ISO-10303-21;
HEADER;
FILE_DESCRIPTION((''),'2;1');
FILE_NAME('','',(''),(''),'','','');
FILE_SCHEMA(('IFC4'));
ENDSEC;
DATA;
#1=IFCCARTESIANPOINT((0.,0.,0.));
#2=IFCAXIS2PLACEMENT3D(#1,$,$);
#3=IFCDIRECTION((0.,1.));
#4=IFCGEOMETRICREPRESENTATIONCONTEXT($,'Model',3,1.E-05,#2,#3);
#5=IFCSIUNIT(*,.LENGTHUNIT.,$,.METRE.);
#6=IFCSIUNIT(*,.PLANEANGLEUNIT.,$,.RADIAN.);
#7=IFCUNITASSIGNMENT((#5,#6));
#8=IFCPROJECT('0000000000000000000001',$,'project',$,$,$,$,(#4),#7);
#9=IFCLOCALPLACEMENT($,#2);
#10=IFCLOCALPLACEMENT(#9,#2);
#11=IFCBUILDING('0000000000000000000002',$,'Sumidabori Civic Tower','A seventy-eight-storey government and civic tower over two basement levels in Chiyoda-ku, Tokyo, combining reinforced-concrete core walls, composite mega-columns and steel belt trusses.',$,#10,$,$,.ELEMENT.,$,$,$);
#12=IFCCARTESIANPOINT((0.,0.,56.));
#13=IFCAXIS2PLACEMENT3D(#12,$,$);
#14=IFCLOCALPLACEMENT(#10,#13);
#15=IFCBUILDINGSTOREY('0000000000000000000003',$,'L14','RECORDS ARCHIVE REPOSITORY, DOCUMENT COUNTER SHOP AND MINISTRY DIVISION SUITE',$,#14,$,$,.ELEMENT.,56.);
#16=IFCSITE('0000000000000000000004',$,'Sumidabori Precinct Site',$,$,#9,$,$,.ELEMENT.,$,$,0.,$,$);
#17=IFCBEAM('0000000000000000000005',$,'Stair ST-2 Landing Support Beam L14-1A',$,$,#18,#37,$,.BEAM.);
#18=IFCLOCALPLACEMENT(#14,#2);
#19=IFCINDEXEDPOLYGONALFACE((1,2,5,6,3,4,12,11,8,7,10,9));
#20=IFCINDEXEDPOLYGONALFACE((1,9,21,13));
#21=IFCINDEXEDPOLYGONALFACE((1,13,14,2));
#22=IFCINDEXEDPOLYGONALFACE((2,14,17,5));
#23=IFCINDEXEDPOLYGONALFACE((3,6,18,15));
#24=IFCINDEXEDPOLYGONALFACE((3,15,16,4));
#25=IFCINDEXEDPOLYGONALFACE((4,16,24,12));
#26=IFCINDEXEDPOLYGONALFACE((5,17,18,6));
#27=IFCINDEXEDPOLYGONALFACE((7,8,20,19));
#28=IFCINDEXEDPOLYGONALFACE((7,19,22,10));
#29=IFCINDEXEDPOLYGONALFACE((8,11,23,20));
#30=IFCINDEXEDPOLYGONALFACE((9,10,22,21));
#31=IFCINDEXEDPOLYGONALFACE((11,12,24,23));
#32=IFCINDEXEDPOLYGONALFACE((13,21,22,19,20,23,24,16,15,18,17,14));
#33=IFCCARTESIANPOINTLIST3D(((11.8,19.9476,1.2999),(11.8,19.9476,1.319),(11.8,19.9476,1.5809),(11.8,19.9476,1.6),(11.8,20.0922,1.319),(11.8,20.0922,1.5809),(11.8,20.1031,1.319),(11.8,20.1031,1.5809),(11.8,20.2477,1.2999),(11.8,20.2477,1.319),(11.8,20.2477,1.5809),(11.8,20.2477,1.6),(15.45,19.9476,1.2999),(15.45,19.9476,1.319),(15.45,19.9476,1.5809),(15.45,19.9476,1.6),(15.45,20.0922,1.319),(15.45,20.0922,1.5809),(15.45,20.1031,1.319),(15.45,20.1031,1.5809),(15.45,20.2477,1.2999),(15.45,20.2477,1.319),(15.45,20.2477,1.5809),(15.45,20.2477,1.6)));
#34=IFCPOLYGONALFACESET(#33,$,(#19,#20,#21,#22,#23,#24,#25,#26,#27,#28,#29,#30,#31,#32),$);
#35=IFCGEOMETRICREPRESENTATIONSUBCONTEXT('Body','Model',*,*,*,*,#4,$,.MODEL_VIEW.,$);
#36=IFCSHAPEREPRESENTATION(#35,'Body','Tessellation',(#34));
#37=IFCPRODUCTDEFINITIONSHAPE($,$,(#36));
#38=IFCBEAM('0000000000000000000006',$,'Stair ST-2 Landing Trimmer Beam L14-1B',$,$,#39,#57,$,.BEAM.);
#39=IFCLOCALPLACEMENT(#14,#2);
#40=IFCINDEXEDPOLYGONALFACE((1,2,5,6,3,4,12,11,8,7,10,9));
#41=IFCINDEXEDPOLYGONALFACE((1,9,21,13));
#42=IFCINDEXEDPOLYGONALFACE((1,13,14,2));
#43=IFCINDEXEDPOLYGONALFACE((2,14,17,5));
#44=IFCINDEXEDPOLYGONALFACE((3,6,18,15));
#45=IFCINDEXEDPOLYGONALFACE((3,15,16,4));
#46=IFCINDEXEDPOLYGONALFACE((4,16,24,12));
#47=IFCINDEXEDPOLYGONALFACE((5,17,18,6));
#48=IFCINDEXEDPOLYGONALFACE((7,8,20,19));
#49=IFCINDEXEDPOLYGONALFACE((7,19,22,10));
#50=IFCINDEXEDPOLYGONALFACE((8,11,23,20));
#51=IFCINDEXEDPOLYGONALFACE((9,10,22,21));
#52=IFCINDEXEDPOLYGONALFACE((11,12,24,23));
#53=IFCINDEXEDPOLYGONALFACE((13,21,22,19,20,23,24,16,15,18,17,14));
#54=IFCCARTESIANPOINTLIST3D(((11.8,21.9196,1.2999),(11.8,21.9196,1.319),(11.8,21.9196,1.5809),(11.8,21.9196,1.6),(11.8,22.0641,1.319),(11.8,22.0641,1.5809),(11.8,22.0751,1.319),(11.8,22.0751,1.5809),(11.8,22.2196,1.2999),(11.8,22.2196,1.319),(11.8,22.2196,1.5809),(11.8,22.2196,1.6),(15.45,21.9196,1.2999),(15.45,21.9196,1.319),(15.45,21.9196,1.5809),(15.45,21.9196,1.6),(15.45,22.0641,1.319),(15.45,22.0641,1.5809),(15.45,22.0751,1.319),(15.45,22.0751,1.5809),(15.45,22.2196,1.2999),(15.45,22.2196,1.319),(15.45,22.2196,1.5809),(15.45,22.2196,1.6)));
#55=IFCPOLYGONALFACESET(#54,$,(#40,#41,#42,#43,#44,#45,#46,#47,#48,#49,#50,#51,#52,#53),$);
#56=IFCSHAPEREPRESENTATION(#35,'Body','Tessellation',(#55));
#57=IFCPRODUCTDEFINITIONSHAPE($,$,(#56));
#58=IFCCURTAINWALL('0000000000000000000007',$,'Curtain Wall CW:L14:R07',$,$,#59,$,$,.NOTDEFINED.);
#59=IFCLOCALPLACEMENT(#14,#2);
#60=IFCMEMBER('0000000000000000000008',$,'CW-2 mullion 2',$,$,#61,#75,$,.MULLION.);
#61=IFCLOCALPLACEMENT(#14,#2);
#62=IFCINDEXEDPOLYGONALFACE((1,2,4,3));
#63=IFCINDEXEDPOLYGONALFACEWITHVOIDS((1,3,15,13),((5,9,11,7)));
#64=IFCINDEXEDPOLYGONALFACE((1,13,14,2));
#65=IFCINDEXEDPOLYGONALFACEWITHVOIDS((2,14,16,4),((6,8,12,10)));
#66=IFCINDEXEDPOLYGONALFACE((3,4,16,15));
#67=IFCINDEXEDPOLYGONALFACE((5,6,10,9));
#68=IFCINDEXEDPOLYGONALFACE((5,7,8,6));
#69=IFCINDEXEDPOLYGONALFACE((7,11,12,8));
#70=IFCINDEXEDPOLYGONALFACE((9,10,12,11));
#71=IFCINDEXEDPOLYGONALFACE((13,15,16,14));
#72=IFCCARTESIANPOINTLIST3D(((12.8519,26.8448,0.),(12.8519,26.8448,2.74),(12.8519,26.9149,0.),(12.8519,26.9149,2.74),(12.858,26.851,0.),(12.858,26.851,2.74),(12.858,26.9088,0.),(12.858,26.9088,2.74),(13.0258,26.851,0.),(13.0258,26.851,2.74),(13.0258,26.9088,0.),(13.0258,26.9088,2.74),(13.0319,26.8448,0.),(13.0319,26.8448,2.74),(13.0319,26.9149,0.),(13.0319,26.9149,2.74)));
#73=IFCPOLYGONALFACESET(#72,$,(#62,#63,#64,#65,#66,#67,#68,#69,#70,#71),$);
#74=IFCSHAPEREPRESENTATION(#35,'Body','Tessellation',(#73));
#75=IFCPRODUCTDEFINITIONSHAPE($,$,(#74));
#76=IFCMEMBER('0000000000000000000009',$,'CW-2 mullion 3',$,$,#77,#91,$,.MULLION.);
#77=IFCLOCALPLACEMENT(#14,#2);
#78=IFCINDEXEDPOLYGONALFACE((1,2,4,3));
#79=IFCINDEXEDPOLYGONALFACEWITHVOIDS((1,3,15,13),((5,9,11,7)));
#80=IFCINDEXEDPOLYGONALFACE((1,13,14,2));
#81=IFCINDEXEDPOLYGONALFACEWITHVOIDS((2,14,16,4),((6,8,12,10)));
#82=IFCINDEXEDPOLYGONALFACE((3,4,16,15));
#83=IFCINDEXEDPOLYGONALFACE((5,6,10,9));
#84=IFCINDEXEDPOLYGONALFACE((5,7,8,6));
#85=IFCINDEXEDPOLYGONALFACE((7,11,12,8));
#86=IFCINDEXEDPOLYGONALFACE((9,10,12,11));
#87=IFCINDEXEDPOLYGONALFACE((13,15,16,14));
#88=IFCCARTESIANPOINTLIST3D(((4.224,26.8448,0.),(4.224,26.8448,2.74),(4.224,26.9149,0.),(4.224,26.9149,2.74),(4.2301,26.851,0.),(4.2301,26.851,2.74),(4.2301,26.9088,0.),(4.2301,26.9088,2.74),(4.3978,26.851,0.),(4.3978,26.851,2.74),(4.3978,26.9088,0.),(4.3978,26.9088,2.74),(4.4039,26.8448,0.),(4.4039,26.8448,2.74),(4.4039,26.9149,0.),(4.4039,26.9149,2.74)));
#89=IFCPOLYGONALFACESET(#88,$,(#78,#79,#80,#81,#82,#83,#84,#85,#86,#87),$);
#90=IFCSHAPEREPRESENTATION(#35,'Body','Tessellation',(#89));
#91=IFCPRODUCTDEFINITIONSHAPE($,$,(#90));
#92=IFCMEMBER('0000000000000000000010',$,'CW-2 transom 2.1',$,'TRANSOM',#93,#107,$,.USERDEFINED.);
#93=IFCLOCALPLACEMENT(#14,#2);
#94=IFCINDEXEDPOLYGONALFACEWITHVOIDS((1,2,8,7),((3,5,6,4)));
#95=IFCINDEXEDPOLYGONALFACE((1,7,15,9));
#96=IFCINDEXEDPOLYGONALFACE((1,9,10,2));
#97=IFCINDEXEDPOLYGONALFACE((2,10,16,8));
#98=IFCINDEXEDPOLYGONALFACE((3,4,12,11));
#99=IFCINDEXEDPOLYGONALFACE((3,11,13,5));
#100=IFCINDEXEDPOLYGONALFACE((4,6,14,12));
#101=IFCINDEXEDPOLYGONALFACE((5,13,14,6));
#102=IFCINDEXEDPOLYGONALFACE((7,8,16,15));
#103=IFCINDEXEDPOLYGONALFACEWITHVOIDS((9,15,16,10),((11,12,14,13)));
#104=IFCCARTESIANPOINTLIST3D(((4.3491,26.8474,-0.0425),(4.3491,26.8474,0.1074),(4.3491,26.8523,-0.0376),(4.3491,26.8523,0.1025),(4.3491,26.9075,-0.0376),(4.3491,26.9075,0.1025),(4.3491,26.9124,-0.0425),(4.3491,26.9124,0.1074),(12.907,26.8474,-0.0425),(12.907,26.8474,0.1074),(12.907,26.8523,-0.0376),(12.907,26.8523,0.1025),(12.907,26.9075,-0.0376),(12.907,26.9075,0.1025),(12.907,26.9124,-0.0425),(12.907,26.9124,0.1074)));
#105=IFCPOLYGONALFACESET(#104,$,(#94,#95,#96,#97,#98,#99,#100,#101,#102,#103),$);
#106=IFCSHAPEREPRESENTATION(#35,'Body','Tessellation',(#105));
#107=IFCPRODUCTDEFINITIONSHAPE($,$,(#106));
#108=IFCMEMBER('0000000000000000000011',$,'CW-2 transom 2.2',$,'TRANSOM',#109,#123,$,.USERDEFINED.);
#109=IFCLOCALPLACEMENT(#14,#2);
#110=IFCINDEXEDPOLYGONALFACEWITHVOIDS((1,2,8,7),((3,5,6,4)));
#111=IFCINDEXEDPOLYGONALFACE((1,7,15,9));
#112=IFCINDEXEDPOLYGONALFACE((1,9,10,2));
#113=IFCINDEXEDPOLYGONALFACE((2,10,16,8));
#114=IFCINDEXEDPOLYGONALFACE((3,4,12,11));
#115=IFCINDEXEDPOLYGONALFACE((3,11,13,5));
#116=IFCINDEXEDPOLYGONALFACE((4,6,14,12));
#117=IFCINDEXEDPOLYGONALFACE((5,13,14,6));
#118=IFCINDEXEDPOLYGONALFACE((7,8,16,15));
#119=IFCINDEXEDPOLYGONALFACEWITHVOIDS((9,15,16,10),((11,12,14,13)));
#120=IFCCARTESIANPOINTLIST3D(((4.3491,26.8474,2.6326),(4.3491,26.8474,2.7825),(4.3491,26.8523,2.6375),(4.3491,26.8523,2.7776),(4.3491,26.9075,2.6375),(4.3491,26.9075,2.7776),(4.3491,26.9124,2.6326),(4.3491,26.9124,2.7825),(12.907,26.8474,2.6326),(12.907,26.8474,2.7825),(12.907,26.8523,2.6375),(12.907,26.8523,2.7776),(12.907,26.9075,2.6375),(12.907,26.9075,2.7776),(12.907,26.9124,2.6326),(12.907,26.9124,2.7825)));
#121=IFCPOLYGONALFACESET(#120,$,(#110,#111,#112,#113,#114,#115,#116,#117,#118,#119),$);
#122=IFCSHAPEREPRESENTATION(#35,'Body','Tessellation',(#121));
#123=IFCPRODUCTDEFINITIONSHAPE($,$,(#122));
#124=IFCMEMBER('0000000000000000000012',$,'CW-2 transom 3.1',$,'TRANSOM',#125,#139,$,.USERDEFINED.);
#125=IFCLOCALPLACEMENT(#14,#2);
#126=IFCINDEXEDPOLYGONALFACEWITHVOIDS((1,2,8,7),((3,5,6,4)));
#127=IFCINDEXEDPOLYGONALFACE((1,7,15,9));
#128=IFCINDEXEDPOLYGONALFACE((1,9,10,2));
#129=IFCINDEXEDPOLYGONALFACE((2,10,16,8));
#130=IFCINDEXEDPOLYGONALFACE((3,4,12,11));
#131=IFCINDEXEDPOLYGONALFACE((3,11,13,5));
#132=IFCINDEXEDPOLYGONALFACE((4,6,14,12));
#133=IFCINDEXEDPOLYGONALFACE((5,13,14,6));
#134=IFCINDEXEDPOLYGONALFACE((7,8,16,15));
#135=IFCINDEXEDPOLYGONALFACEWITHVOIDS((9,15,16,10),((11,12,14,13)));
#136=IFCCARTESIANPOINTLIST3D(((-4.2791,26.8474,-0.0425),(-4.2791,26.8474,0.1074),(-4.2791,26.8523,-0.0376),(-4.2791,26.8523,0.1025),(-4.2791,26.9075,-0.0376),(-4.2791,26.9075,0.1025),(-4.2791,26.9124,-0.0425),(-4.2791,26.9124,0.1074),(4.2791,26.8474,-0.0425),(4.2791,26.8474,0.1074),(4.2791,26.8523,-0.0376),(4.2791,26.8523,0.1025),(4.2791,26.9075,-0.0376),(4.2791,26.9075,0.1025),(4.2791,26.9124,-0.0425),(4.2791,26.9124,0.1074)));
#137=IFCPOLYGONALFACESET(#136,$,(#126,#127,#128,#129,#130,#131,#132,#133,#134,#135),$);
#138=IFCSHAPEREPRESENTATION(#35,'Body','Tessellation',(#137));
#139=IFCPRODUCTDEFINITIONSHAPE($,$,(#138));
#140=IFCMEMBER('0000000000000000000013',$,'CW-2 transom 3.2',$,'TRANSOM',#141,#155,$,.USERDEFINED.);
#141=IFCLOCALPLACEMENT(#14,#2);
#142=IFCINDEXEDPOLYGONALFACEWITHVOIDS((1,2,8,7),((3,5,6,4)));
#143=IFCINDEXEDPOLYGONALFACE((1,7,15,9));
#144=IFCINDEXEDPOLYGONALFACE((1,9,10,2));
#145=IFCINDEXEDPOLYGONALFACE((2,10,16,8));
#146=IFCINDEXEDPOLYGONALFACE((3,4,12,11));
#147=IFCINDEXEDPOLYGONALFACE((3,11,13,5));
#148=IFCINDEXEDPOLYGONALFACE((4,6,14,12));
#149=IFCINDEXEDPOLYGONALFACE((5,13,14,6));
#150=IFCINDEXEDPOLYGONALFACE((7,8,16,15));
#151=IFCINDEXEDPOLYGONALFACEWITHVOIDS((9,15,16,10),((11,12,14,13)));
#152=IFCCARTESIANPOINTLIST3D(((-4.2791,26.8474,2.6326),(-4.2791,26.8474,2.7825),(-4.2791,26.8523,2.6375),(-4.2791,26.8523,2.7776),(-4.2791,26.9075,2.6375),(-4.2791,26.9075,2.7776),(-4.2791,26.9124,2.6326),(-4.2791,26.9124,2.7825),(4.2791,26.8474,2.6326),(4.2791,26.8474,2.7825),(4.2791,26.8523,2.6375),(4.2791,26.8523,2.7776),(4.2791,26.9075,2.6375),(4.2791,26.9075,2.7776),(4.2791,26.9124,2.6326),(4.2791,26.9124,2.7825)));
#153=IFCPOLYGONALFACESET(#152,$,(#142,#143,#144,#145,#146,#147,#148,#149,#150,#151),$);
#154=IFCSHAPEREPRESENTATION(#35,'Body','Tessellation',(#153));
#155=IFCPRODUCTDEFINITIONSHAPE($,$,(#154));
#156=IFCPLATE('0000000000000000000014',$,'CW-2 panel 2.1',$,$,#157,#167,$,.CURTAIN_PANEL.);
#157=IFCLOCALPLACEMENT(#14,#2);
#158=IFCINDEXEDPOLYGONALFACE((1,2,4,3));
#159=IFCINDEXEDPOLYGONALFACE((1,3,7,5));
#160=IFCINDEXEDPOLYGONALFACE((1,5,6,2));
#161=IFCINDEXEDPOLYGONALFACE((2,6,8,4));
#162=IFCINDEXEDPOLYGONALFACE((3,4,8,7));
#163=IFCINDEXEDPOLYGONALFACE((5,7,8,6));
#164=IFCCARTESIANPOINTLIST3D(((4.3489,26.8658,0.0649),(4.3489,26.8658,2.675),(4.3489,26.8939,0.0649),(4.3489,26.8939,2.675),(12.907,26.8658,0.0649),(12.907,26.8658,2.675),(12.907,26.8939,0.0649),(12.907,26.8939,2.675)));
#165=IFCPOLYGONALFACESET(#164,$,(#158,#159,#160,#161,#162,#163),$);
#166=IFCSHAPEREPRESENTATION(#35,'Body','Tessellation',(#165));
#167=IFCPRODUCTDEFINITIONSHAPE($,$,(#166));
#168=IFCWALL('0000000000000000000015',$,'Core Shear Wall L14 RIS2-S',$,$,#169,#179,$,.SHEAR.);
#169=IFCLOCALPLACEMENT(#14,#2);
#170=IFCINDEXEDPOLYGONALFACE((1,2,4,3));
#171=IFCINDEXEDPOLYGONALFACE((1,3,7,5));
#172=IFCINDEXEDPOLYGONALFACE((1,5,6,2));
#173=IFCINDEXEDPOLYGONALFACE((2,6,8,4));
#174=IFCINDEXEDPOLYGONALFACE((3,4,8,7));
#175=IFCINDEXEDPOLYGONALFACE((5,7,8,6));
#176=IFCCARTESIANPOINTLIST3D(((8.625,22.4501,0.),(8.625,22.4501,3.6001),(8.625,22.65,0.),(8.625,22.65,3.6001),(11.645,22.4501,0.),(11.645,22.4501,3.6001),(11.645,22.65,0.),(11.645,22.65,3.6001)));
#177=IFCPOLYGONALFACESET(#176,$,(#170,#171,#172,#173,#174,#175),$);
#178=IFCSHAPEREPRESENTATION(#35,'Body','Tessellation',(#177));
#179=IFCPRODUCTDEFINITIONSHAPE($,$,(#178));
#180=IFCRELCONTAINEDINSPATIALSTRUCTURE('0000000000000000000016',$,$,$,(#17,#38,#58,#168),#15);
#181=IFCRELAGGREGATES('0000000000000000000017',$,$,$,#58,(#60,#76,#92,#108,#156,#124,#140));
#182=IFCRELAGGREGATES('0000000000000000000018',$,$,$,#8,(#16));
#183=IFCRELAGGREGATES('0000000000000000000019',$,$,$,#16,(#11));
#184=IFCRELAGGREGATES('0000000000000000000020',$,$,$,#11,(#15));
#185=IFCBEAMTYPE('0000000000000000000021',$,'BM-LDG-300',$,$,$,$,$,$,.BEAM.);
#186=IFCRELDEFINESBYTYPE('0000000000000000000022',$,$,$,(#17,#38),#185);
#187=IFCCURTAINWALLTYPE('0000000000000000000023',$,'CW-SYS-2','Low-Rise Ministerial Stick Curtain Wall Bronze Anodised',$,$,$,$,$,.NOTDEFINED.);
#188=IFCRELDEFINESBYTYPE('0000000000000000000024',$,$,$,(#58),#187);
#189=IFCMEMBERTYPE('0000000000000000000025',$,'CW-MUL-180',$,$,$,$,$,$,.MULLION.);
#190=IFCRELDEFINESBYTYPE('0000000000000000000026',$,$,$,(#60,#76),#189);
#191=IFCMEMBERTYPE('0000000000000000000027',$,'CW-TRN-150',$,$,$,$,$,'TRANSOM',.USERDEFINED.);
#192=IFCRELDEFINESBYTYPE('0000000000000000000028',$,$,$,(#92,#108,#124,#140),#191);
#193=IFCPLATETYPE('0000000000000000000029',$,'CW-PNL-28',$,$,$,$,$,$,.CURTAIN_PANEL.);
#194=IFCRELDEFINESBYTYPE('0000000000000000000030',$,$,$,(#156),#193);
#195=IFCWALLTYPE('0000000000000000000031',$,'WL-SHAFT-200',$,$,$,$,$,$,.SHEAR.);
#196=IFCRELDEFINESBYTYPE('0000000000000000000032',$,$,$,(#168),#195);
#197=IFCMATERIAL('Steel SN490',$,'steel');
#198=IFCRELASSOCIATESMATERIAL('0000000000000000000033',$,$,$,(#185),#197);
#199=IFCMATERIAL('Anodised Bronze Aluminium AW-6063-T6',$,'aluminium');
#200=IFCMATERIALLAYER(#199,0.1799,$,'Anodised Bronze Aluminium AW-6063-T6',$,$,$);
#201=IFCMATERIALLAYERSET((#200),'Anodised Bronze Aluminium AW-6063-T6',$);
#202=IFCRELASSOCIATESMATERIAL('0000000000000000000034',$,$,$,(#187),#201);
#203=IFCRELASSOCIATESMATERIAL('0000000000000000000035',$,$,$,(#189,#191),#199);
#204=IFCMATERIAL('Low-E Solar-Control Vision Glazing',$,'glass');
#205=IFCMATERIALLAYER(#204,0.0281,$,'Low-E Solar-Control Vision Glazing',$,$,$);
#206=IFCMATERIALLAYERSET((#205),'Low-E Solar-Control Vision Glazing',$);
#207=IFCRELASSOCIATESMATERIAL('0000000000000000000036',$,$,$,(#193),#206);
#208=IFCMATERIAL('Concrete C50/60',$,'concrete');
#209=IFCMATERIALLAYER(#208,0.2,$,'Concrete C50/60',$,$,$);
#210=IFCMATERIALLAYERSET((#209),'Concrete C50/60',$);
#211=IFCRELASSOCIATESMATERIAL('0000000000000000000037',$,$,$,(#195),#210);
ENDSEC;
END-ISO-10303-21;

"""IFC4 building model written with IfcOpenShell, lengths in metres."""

from ifc_helpers import new_model, si_unit, direction, frame, frame_2d, origin, origin_2d, place, context, subcontext, project, spatial, rectangle, hollow_rectangle, i_section, extrude, source, transform, mapped, material, layer, layer_set, material_profile, profile_set, type_object, element, aggregate, save


model = new_model("IFC4")

# Units and contexts
model_context = context("Model", 3, precision=1e-05, world=origin(), true_north=direction((0.0, 1.0)))
body_context = subcontext(model_context, "Body", "Model", "MODEL_VIEW")
ifc_project = project(units=[si_unit("LENGTHUNIT", "METRE"), si_unit("PLANEANGLEUNIT", "RADIAN")], contexts=[model_context])

# Site, building, storey
site_placement = place(None, origin())
site = spatial("IfcSite", under=ifc_project, at=site_placement, Name="Sumidabori Precinct Site", CompositionType="ELEMENT", RefElevation=0.0)
building_placement = place(site_placement, origin())
building = spatial("IfcBuilding", under=site, at=building_placement, Name="Sumidabori Civic Tower", Description="A seventy-eight-storey government and civic tower over two basement levels in Chiyoda-ku, Tokyo, combining reinforced-concrete core walls, composite mega-columns and steel belt trusses.", CompositionType="ELEMENT")
storey_placement = place(building_placement, frame((0.0, 0.0, 56.0)))
storey = spatial("IfcBuildingStorey", under=building, at=storey_placement, Name="L14", Description="RECORDS ARCHIVE REPOSITORY, DOCUMENT COUNTER SHOP AND MINISTRY DIVISION SUITE", CompositionType="ELEMENT", Elevation=56.0)

# Beams
ifc_material_1 = material(Name="Steel SN490", Category="steel")
ifc_material_profile_1 = material_profile(ifc_material_1, i_section(OverallWidth=0.3, OverallDepth=0.3, WebThickness=0.011, FlangeThickness=0.019, at=origin_2d()), Name="HE 300 B")
ifc_profile_set_1 = profile_set([ifc_material_profile_1], Name="Steel SN490")
beam_type = type_object("IfcBeamType", Name="BM-LDG-300", PredefinedType="BEAM", material=ifc_profile_set_1)
shared_shape_1 = source(origin(), body_context, "Body", "SweptSolid", [
    extrude(i_section(OverallWidth=0.3, OverallDepth=0.3, WebThickness=0.011, FlangeThickness=0.019, at=origin_2d()), origin(), (0.0, 0.0, 1.0), 3.6499),
])
for number, where, z_axis, x_axis, name in (
    (1, (11.8, 20.0977, 1.45), (1.0, 0.0, 0.0), (0.0, 1.0, 0.0), "Stair ST-2 Landing Support Beam L14-1A"),
    (2, (11.8, 22.0696, 1.45), (1.0, 0.0, 0.0), (0.0, 1.0, 0.0), "Stair ST-2 Landing Trimmer Beam L14-1B"),
):
    element("IfcBeam", number, at=place(storey_placement, frame(where, z_axis=z_axis, x_axis=x_axis)), inside=storey, type_object=beam_type, Name=name, PredefinedType="BEAM", context=body_context, shape_type="MappedRepresentation", body=[
        mapped(shared_shape_1, transform((0.0, 0.0, 0.0), x_axis=(1.0, 0.0, 0.0), y_axis=(0.0, 1.0, 0.0), z_axis=(0.0, 0.0, 1.0), scale=1.0)),
    ])

# Curtain wall, members, plate
ifc_material_2 = material(Name="Anodised Bronze Aluminium AW-6063-T6", Category="aluminium")
ifc_layer_1 = layer(ifc_material_2, 0.1799, Name="Anodised Bronze Aluminium AW-6063-T6")
ifc_layer_set_1 = layer_set([ifc_layer_1], Name="Anodised Bronze Aluminium AW-6063-T6")
curtain_wall_type = type_object("IfcCurtainWallType", Name="CW-SYS-2", Description="Low-Rise Ministerial Stick Curtain Wall Bronze Anodised", PredefinedType="NOTDEFINED", material=ifc_layer_set_1)
curtain_wall_placement = place(storey_placement, origin())
curtain_wall = element("IfcCurtainWall", 3, at=curtain_wall_placement, inside=storey, type_object=curtain_wall_type, Name="Curtain Wall CW:L14:R07", PredefinedType="NOTDEFINED")
ifc_material_profile_2 = material_profile(ifc_material_2, hollow_rectangle(XDim=0.0701, YDim=0.1799, WallThickness=0.0061, at=origin_2d()), Name="ALU MULLION 180x70")
ifc_profile_set_2 = profile_set([ifc_material_profile_2], Name="Anodised Bronze Aluminium AW-6063-T6")
member_type_1 = type_object("IfcMemberType", Name="CW-MUL-180", PredefinedType="MULLION", material=ifc_profile_set_2)
shared_shape_2 = source(origin(), body_context, "Body", "SweptSolid", [
    extrude(hollow_rectangle(XDim=0.0701, YDim=0.1799, WallThickness=0.0061, at=origin_2d()), origin(), (0.0, 0.0, 1.0), 2.74),
])
member_1_placement = place(storey_placement, frame((12.9419, 26.8799, 0.0), z_axis=(0.0, 0.0, 1.0), x_axis=(0.0, -1.0, 0.0)))
member_1 = element("IfcMember", 4, at=member_1_placement, type_object=member_type_1, Name="CW-2 mullion 2", PredefinedType="MULLION", context=body_context, shape_type="MappedRepresentation", body=[
    mapped(shared_shape_2, transform((0.0, 0.0, 0.0), x_axis=(1.0, 0.0, 0.0), y_axis=(0.0, 1.0, 0.0), z_axis=(0.0, 0.0, 1.0), scale=1.0)),
])
member_2_placement = place(storey_placement, frame((4.314, 26.8799, 0.0), z_axis=(0.0, 0.0, 1.0), x_axis=(0.0, -1.0, 0.0)))
member_2 = element("IfcMember", 5, at=member_2_placement, type_object=member_type_1, Name="CW-2 mullion 3", PredefinedType="MULLION", context=body_context, shape_type="MappedRepresentation", body=[
    mapped(shared_shape_2, transform((0.0, 0.0, 0.0), x_axis=(1.0, 0.0, 0.0), y_axis=(0.0, 1.0, 0.0), z_axis=(0.0, 0.0, 1.0), scale=1.0)),
])
ifc_material_profile_3 = material_profile(ifc_material_2, hollow_rectangle(XDim=0.0649, YDim=0.1499, WallThickness=0.0049, at=origin_2d()), Name="ALU TRANSOM 150x65")
ifc_profile_set_3 = profile_set([ifc_material_profile_3], Name="Anodised Bronze Aluminium AW-6063-T6")
member_type_2 = type_object("IfcMemberType", Name="CW-TRN-150", ElementType="TRANSOM", PredefinedType="USERDEFINED", material=ifc_profile_set_3)
shared_shape_3 = source(origin(), body_context, "Body", "SweptSolid", [
    extrude(hollow_rectangle(XDim=0.0649, YDim=0.1499, WallThickness=0.0049, at=origin_2d()), origin(), (0.0, 0.0, 1.0), 8.5579),
])
member_3_placement = place(storey_placement, frame((12.907, 26.8799, 0.0325), z_axis=(-1.0, 0.0, 0.0), x_axis=(0.0, -1.0, 0.0)))
member_3 = element("IfcMember", 6, at=member_3_placement, type_object=member_type_2, Name="CW-2 transom 2.1", ObjectType="TRANSOM", PredefinedType="USERDEFINED", context=body_context, shape_type="MappedRepresentation", body=[
    mapped(shared_shape_3, transform((0.0, 0.0, 0.0), x_axis=(1.0, 0.0, 0.0), y_axis=(0.0, 1.0, 0.0), z_axis=(0.0, 0.0, 1.0), scale=1.0)),
])
member_4_placement = place(storey_placement, frame((12.907, 26.8799, 2.7075), z_axis=(-1.0, 0.0, 0.0), x_axis=(0.0, -1.0, 0.0)))
member_4 = element("IfcMember", 7, at=member_4_placement, type_object=member_type_2, Name="CW-2 transom 2.2", ObjectType="TRANSOM", PredefinedType="USERDEFINED", context=body_context, shape_type="MappedRepresentation", body=[
    mapped(shared_shape_3, transform((0.0, 0.0, 0.0), x_axis=(1.0, 0.0, 0.0), y_axis=(0.0, 1.0, 0.0), z_axis=(0.0, 0.0, 1.0), scale=1.0)),
])
shared_shape_4 = source(origin(), body_context, "Body", "SweptSolid", [
    extrude(hollow_rectangle(XDim=0.0649, YDim=0.1499, WallThickness=0.0049, at=origin_2d()), origin(), (0.0, 0.0, 1.0), 8.5581),
])
member_5_placement = place(storey_placement, frame((4.2791, 26.8799, 0.0325), z_axis=(-1.0, 0.0, 0.0), x_axis=(0.0, -1.0, 0.0)))
member_5 = element("IfcMember", 8, at=member_5_placement, type_object=member_type_2, Name="CW-2 transom 3.1", ObjectType="TRANSOM", PredefinedType="USERDEFINED", context=body_context, shape_type="MappedRepresentation", body=[
    mapped(shared_shape_4, transform((0.0, 0.0, 0.0), x_axis=(1.0, 0.0, 0.0), y_axis=(0.0, 1.0, 0.0), z_axis=(0.0, 0.0, 1.0), scale=1.0)),
])
member_6_placement = place(storey_placement, frame((4.2791, 26.8799, 2.7075), z_axis=(-1.0, 0.0, 0.0), x_axis=(0.0, -1.0, 0.0)))
member_6 = element("IfcMember", 9, at=member_6_placement, type_object=member_type_2, Name="CW-2 transom 3.2", ObjectType="TRANSOM", PredefinedType="USERDEFINED", context=body_context, shape_type="MappedRepresentation", body=[
    mapped(shared_shape_4, transform((0.0, 0.0, 0.0), x_axis=(1.0, 0.0, 0.0), y_axis=(0.0, 1.0, 0.0), z_axis=(0.0, 0.0, 1.0), scale=1.0)),
])
ifc_material_3 = material(Name="Low-E Solar-Control Vision Glazing", Category="glass")
ifc_layer_2 = layer(ifc_material_3, 0.0281, Name="Low-E Solar-Control Vision Glazing")
ifc_layer_set_2 = layer_set([ifc_layer_2], Name="Low-E Solar-Control Vision Glazing")
plate_type = type_object("IfcPlateType", Name="CW-PNL-28", PredefinedType="CURTAIN_PANEL", material=ifc_layer_set_2)
shared_shape_5 = source(origin(), body_context, "Body", "SweptSolid", [
    extrude(rectangle(XDim=8.5581, YDim=0.0281, at=origin_2d()), origin(), (0.0, 0.0, 1.0), 2.6101),
])
plate_placement = place(storey_placement, frame((8.6279, 26.8799, 0.0649), z_axis=(0.0, 0.0, 1.0), x_axis=(-1.0, 0.0, 0.0)))
plate = element("IfcPlate", 10, at=plate_placement, type_object=plate_type, Name="CW-2 panel 2.1", PredefinedType="CURTAIN_PANEL", context=body_context, shape_type="MappedRepresentation", body=[
    mapped(shared_shape_5, transform((0.0, 0.0, 0.0), x_axis=(1.0, 0.0, 0.0), y_axis=(0.0, 1.0, 0.0), z_axis=(0.0, 0.0, 1.0), scale=1.0)),
])
aggregate(curtain_wall, [member_1, member_2, member_3, member_4, plate, member_5, member_6])

# Wall
ifc_material_4 = material(Name="Concrete C50/60", Category="concrete")
ifc_layer_3 = layer(ifc_material_4, 0.2, Name="Concrete C50/60")
ifc_layer_set_3 = layer_set([ifc_layer_3], Name="Concrete C50/60")
wall_type_1 = type_object("IfcWallType", Name="WL-SHAFT-200", PredefinedType="SHEAR", material=ifc_layer_set_3)
shared_shape_6 = source(origin(), body_context, "Body", "SweptSolid", [
    extrude(rectangle(XDim=3.02, YDim=0.2, at=frame_2d((1.51, 0.0))), origin(), (0.0, 0.0, 1.0), 3.6001),
])
wall_1_placement = place(storey_placement, frame((8.625, 22.55, 0.0), z_axis=(0.0, 0.0, 1.0), x_axis=(1.0, 0.0, 0.0)))
element("IfcWall", 11, at=wall_1_placement, inside=storey, type_object=wall_type_1, Name="Core Shear Wall L14 RIS2-S", PredefinedType="SHEAR", context=body_context, shape_type="MappedRepresentation", body=[
    mapped(shared_shape_6, transform((0.0, 0.0, 0.0), x_axis=(1.0, 0.0, 0.0), y_axis=(0.0, 1.0, 0.0), z_axis=(0.0, 0.0, 1.0), scale=1.0)),
])

save(model, "model.ifc")
